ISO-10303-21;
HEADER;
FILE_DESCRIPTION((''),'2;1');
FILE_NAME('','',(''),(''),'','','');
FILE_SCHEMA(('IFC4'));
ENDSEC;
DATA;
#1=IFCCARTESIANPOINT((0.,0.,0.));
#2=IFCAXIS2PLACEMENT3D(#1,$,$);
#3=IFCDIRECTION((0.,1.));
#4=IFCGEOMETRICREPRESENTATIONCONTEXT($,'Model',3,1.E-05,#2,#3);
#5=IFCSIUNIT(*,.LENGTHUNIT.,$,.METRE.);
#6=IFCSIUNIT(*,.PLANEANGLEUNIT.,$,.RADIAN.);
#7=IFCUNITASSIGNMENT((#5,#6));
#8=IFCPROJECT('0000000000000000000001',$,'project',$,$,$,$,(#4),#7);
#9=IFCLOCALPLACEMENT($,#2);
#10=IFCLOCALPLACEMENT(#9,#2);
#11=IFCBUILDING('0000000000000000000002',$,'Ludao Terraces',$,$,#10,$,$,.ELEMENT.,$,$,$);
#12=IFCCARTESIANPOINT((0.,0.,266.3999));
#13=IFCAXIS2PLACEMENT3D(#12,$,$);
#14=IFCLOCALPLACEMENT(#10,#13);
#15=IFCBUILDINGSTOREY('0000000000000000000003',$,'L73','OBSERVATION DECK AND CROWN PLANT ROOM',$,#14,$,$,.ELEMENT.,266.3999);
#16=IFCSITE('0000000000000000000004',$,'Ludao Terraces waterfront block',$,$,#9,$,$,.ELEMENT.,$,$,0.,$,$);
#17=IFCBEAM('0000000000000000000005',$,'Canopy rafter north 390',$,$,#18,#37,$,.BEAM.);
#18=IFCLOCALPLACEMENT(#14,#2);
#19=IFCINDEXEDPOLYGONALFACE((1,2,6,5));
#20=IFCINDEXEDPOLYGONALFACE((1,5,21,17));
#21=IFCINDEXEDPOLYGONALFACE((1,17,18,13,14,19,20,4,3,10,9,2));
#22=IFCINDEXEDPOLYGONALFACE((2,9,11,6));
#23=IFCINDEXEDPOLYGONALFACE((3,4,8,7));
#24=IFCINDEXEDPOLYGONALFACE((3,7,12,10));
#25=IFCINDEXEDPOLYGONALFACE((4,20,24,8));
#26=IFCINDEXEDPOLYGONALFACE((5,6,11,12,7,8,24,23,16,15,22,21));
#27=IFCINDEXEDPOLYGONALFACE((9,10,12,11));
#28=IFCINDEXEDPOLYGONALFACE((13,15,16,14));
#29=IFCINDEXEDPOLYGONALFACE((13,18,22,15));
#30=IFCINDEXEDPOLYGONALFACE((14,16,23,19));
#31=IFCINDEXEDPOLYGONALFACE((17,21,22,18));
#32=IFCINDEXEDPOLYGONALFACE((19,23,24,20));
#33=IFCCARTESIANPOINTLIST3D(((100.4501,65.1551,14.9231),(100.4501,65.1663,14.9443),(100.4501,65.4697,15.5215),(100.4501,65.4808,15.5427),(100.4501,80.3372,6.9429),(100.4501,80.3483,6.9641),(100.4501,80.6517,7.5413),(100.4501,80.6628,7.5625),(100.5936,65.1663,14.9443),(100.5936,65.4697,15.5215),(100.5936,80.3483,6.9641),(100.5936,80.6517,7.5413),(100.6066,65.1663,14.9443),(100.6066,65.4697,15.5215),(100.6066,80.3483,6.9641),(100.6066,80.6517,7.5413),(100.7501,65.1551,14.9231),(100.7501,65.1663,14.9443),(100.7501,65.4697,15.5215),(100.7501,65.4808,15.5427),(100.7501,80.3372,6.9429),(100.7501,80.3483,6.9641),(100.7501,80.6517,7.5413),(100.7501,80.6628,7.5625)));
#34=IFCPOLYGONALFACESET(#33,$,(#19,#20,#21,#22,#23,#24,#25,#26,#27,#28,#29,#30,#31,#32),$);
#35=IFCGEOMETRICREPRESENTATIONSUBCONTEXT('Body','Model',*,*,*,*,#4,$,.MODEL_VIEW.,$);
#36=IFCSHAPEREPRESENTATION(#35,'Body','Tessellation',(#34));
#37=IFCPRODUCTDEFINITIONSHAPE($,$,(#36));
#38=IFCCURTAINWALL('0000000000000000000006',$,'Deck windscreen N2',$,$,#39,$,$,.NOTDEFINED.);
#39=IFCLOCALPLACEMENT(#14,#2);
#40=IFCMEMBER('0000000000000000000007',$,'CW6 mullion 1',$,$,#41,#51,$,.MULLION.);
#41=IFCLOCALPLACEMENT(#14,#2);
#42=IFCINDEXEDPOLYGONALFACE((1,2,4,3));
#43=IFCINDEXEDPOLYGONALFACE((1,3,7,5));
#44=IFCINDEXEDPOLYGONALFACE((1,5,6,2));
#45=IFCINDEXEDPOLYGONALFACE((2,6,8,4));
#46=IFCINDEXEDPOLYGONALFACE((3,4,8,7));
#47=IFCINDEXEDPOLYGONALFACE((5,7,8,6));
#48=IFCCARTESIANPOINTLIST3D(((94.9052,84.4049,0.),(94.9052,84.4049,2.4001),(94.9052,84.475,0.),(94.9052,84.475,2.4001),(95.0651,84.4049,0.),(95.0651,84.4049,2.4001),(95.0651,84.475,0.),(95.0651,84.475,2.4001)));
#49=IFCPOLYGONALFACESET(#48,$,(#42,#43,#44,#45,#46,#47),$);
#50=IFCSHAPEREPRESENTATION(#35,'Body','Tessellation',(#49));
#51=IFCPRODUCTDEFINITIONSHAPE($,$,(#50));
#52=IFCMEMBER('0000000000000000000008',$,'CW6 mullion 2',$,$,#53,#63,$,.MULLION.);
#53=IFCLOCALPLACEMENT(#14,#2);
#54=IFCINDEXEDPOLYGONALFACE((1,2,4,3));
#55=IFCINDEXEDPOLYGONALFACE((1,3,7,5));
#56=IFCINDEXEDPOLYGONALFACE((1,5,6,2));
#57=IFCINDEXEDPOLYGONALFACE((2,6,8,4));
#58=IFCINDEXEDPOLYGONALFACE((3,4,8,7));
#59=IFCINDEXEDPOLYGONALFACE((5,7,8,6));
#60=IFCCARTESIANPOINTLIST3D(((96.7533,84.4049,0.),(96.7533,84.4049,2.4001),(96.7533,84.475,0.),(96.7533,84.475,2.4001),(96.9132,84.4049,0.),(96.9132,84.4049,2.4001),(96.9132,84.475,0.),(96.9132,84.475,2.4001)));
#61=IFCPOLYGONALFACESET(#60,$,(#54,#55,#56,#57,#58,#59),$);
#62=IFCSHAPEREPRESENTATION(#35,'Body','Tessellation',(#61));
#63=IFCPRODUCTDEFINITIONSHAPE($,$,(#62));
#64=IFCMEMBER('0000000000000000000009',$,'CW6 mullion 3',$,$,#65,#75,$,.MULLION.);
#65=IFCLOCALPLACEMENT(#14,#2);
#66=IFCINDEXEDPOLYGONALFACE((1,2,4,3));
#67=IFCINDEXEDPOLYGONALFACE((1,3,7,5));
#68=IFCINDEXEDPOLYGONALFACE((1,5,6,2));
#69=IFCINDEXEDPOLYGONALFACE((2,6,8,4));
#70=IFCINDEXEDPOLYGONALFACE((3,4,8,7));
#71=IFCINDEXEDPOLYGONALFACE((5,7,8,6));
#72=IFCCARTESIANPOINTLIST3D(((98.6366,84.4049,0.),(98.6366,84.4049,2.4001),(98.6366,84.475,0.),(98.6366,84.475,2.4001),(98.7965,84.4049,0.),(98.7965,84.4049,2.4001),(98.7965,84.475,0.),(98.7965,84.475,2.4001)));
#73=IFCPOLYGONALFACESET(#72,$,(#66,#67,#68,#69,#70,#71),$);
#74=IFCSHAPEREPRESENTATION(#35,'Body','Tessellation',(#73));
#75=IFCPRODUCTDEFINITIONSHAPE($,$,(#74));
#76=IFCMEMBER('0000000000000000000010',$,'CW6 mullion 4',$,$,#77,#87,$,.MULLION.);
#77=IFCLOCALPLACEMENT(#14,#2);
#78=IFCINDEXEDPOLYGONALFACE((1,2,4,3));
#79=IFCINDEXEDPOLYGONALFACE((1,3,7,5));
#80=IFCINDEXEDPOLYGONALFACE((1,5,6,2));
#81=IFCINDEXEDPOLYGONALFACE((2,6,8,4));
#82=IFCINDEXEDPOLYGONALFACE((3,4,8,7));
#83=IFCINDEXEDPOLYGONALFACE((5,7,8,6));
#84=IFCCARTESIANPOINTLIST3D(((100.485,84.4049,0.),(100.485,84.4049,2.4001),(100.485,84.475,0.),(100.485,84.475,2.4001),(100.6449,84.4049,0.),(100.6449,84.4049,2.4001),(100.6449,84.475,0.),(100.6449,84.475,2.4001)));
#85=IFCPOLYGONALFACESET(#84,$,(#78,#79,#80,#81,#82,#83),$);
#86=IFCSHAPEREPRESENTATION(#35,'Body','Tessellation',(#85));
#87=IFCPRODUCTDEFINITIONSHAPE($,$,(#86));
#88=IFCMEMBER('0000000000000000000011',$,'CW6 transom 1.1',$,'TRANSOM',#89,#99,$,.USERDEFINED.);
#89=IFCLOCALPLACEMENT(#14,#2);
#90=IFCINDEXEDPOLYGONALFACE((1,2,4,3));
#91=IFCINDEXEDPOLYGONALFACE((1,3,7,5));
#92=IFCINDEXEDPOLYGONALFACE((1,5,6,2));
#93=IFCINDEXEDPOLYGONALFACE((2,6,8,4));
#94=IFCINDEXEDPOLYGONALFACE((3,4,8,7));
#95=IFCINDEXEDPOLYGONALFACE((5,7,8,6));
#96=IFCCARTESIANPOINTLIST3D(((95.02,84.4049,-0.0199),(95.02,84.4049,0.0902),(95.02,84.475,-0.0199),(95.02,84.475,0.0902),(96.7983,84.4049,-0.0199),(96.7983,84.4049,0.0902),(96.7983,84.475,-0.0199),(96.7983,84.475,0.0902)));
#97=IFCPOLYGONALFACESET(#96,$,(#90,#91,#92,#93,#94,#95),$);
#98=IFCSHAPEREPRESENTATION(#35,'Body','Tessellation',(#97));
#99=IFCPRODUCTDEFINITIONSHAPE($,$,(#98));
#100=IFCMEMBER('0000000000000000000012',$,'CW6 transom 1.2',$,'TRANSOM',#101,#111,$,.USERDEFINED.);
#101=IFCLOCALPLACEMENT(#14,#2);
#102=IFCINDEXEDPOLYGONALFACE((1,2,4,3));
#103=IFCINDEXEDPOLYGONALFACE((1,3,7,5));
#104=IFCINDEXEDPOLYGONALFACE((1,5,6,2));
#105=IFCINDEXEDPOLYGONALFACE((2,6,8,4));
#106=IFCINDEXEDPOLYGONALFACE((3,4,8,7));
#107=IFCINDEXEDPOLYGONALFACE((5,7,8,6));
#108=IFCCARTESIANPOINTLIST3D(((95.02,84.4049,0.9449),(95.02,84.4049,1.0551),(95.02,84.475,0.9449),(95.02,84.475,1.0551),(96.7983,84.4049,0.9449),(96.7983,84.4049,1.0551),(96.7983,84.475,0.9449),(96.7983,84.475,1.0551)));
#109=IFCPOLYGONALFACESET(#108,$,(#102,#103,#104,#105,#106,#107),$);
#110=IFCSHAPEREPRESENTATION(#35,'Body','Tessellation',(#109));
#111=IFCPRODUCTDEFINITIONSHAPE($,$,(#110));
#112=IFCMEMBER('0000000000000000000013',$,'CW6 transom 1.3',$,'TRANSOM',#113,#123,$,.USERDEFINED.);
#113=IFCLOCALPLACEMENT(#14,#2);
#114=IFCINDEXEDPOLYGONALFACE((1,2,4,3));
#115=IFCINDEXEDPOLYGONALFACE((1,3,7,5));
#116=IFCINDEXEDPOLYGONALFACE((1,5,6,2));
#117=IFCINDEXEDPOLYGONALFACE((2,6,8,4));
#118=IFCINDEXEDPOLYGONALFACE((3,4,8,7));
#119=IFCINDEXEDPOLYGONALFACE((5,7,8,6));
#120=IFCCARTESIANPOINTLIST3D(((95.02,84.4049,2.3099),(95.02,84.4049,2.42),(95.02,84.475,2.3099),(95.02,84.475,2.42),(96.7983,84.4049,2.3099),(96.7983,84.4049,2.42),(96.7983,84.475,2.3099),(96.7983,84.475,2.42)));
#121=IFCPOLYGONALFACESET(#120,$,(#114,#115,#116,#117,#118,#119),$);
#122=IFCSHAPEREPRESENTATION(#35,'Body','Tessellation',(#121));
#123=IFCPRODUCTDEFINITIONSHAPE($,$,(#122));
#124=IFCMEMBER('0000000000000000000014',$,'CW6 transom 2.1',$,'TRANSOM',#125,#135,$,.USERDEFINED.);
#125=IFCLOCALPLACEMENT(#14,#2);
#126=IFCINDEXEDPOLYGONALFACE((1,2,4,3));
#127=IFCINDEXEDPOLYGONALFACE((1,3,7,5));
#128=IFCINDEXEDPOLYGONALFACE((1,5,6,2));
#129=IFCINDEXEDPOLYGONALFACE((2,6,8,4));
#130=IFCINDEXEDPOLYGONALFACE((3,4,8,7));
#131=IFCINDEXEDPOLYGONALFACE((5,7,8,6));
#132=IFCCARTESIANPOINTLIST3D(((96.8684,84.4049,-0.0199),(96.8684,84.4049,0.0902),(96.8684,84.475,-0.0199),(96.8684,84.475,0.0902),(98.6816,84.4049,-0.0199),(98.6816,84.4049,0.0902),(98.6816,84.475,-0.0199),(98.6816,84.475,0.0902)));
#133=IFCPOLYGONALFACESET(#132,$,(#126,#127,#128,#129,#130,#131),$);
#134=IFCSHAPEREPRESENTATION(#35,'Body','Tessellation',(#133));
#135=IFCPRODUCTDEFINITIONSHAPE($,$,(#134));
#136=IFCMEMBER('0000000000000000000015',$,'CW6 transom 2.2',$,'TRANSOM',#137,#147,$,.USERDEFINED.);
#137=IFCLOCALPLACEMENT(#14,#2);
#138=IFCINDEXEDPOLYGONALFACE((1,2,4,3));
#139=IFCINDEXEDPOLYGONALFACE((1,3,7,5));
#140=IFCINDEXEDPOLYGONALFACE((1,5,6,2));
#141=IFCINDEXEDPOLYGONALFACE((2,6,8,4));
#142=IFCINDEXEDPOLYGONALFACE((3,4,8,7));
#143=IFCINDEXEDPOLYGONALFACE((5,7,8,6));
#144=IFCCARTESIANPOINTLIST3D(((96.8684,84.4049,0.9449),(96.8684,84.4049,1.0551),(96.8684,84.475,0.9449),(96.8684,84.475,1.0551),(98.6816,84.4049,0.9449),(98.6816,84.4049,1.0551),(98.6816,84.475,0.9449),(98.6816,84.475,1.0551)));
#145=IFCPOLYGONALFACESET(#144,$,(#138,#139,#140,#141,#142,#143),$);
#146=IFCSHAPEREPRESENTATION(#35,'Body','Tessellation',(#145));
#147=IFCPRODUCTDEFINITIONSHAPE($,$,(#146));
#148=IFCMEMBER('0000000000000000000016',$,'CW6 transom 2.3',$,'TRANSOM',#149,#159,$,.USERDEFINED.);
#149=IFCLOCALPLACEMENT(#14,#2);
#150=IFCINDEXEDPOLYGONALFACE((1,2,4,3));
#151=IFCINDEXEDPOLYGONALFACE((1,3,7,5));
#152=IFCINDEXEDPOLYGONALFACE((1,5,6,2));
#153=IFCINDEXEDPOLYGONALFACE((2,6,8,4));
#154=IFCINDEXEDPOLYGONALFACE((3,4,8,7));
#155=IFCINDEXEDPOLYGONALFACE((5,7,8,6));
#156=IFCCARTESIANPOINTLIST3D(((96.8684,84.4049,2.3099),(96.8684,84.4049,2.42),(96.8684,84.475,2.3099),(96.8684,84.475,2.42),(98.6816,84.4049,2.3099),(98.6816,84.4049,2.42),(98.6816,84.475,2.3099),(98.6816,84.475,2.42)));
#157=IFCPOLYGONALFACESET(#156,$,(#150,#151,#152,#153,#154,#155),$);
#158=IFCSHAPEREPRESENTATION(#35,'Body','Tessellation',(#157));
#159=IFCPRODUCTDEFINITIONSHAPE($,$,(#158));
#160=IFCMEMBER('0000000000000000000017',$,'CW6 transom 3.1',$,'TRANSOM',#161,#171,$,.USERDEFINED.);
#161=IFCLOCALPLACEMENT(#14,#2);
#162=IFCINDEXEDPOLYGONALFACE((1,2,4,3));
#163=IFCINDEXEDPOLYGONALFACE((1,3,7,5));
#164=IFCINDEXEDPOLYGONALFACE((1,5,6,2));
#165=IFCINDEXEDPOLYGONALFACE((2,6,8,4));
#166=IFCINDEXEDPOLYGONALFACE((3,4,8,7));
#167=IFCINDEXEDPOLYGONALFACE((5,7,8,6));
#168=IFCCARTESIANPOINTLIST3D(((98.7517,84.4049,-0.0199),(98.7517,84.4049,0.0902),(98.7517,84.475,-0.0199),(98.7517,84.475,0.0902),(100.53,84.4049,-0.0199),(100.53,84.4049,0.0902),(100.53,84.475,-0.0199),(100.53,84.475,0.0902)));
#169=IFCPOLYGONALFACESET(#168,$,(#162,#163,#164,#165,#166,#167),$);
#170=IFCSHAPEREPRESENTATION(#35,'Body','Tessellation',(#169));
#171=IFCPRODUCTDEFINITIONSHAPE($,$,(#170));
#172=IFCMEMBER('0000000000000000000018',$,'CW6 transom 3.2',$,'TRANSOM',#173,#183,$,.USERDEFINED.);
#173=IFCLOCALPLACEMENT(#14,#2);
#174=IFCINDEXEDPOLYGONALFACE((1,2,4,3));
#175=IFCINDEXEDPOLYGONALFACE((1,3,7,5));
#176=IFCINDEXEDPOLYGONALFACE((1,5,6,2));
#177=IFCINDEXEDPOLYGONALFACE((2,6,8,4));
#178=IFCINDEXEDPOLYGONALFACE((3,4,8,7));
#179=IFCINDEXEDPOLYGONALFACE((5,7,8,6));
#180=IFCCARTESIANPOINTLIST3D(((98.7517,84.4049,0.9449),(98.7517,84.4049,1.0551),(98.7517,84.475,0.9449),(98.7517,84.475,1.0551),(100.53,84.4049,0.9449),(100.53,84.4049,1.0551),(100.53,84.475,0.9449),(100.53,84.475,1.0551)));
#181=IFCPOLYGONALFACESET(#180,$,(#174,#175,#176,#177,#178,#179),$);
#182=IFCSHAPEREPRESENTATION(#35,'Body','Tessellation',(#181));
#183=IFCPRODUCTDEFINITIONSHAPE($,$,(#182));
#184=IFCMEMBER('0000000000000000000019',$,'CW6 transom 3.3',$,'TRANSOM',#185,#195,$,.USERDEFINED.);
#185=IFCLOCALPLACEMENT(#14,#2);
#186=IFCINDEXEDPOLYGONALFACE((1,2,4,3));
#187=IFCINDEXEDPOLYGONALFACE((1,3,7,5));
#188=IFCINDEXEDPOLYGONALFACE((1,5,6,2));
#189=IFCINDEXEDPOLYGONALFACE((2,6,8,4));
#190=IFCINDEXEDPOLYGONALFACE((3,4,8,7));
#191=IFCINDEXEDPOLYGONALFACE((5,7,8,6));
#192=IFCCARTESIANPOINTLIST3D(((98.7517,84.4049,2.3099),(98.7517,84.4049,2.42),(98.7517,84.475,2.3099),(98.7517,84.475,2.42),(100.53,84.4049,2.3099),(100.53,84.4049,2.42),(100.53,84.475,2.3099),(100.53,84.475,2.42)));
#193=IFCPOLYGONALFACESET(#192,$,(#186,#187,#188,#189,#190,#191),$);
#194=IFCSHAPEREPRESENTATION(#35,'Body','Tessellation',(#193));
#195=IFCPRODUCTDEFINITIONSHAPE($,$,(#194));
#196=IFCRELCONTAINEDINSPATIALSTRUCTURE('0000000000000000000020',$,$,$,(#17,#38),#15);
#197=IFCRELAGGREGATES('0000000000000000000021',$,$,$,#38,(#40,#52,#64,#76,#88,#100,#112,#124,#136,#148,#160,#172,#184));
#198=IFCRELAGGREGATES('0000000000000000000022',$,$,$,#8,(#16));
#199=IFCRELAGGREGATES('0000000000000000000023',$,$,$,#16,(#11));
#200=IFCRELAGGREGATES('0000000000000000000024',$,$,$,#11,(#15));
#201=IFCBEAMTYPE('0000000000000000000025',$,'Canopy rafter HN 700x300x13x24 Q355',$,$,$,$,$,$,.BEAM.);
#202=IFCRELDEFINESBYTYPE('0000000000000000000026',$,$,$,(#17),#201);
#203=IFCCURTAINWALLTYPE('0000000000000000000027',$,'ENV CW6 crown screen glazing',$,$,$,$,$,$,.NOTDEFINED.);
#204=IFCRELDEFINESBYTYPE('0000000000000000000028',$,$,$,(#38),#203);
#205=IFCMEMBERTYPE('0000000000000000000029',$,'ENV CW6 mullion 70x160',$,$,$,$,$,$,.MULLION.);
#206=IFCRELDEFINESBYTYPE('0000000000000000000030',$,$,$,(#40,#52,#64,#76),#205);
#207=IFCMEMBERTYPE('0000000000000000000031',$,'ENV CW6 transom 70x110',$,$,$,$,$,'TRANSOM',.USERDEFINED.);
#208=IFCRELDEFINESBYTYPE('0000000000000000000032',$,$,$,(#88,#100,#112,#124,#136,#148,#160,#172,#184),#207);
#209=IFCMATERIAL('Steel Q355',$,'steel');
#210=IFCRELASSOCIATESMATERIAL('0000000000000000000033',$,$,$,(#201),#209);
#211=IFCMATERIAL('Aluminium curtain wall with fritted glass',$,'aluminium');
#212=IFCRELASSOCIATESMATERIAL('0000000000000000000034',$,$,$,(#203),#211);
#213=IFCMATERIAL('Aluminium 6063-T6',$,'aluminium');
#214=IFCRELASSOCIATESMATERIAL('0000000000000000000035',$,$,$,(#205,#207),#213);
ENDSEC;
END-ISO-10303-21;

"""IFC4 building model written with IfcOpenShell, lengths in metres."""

from ifc_helpers import new_model, si_unit, direction, frame, origin, origin_2d, place, context, subcontext, project, spatial, rectangle, i_section, extrude, material, material_profile, profile_set, type_object, element, aggregate, save


model = new_model("IFC4")

# Units and contexts
model_context = context("Model", 3, precision=1e-05, world=origin(), true_north=direction((0.0, 1.0)))
body_context = subcontext(model_context, "Body", "Model", "MODEL_VIEW")
ifc_project = project(units=[si_unit("LENGTHUNIT", "METRE"), si_unit("PLANEANGLEUNIT", "RADIAN")], contexts=[model_context])

# Site, building, storey
site_placement = place(None, origin())
site = spatial("IfcSite", under=ifc_project, at=site_placement, Name="Ludao Terraces waterfront block", CompositionType="ELEMENT", RefElevation=0.0)
building_placement = place(site_placement, origin())
building = spatial("IfcBuilding", under=site, at=building_placement, Name="Ludao Terraces", CompositionType="ELEMENT")
storey_placement = place(building_placement, frame((0.0, 0.0, 266.3999)))
storey = spatial("IfcBuildingStorey", under=building, at=storey_placement, Name="L73", Description="OBSERVATION DECK AND CROWN PLANT ROOM", CompositionType="ELEMENT", Elevation=266.3999)

# Beam
ifc_material_1 = material(Name="Steel Q355", Category="steel")
ifc_material_profile_1 = material_profile(ifc_material_1, i_section(OverallWidth=0.3, OverallDepth=0.7, WebThickness=0.0129, FlangeThickness=0.0239, at=origin_2d()), Name="HN 700X300X13X24")
ifc_profile_set_1 = profile_set([ifc_material_profile_1], Name="Steel Q355")
beam_type = type_object("IfcBeamType", Name="Canopy rafter HN 700x300x13x24 Q355", PredefinedType="BEAM", material=ifc_profile_set_1)
beam_placement = place(storey_placement, frame((100.6001, 80.5, 7.2527), z_axis=(0.0, -0.885167, 0.465273), x_axis=(1.0, 0.0, 0.0)))
element("IfcBeam", 1, at=beam_placement, inside=storey, type_object=beam_type, Name="Canopy rafter north 390", PredefinedType="BEAM", context=body_context, shape_type="SweptSolid", body=[
    extrude(i_section(OverallWidth=0.3, OverallDepth=0.7, WebThickness=0.0129, FlangeThickness=0.0239, at=origin_2d()), origin(), (0.0, 0.0, 1.0), 17.1516),
])

# Curtain wall, members
ifc_material_2 = material(Name="Aluminium curtain wall with fritted glass", Category="aluminium")
curtain_wall_type = type_object("IfcCurtainWallType", Name="ENV CW6 crown screen glazing", PredefinedType="NOTDEFINED", material=ifc_material_2)
curtain_wall_placement = place(storey_placement, origin())
curtain_wall = element("IfcCurtainWall", 2, at=curtain_wall_placement, inside=storey, type_object=curtain_wall_type, Name="Deck windscreen N2", PredefinedType="NOTDEFINED")
ifc_material_3 = material(Name="Aluminium 6063-T6", Category="aluminium")
ifc_material_profile_2 = material_profile(ifc_material_3, rectangle(XDim=0.0701, YDim=0.1599, at=origin_2d()), Name="70 X 160")
ifc_profile_set_2 = profile_set([ifc_material_profile_2], Name="Aluminium 6063-T6")
member_type_1 = type_object("IfcMemberType", Name="ENV CW6 mullion 70x160", PredefinedType="MULLION", material=ifc_profile_set_2)
member_1_placement = place(storey_placement, frame((94.9851, 84.4399, 0.0), z_axis=(0.0, 0.0, 1.0), x_axis=(0.0, 1.0, 0.0)))
member_1 = element("IfcMember", 3, at=member_1_placement, type_object=member_type_1, Name="CW6 mullion 1", PredefinedType="MULLION", context=body_context, shape_type="SweptSolid", body=[
    extrude(rectangle(XDim=0.0701, YDim=0.1599, at=origin_2d()), origin(), (0.0, 0.0, 1.0), 2.4001),
])
member_2_placement = place(storey_placement, frame((96.8333, 84.4399, 0.0), z_axis=(0.0, 0.0, 1.0), x_axis=(0.0, 1.0, 0.0)))
member_2 = element("IfcMember", 4, at=member_2_placement, type_object=member_type_1, Name="CW6 mullion 2", PredefinedType="MULLION", context=body_context, shape_type="SweptSolid", body=[
    extrude(rectangle(XDim=0.0701, YDim=0.1599, at=origin_2d()), origin(), (0.0, 0.0, 1.0), 2.4001),
])
member_3_placement = place(storey_placement, frame((98.7166, 84.4399, 0.0), z_axis=(0.0, 0.0, 1.0), x_axis=(0.0, 1.0, 0.0)))
member_3 = element("IfcMember", 5, at=member_3_placement, type_object=member_type_1, Name="CW6 mullion 3", PredefinedType="MULLION", context=body_context, shape_type="SweptSolid", body=[
    extrude(rectangle(XDim=0.0701, YDim=0.1599, at=origin_2d()), origin(), (0.0, 0.0, 1.0), 2.4001),
])
member_4_placement = place(storey_placement, frame((100.5649, 84.4399, 0.0), z_axis=(0.0, 0.0, 1.0), x_axis=(0.0, 1.0, 0.0)))
member_4 = element("IfcMember", 6, at=member_4_placement, type_object=member_type_1, Name="CW6 mullion 4", PredefinedType="MULLION", context=body_context, shape_type="SweptSolid", body=[
    extrude(rectangle(XDim=0.0701, YDim=0.1599, at=origin_2d()), origin(), (0.0, 0.0, 1.0), 2.4001),
])
ifc_material_profile_3 = material_profile(ifc_material_3, rectangle(XDim=0.0701, YDim=0.1101, at=origin_2d()), Name="70 X 110")
ifc_profile_set_3 = profile_set([ifc_material_profile_3], Name="Aluminium 6063-T6")
member_type_2 = type_object("IfcMemberType", Name="ENV CW6 transom 70x110", ElementType="TRANSOM", PredefinedType="USERDEFINED", material=ifc_profile_set_3)
member_5_placement = place(storey_placement, frame((95.02, 84.4399, 0.0352), z_axis=(1.0, 0.0, 0.0), x_axis=(0.0, 1.0, 0.0)))
member_5 = element("IfcMember", 7, at=member_5_placement, type_object=member_type_2, Name="CW6 transom 1.1", ObjectType="TRANSOM", PredefinedType="USERDEFINED", context=body_context, shape_type="SweptSolid", body=[
    extrude(rectangle(XDim=0.0701, YDim=0.1101, at=origin_2d()), origin(), (0.0, 0.0, 1.0), 1.7783),
])
member_6_placement = place(storey_placement, frame((95.02, 84.4399, 1.0), z_axis=(1.0, 0.0, 0.0), x_axis=(0.0, 1.0, 0.0)))
member_6 = element("IfcMember", 8, at=member_6_placement, type_object=member_type_2, Name="CW6 transom 1.2", ObjectType="TRANSOM", PredefinedType="USERDEFINED", context=body_context, shape_type="SweptSolid", body=[
    extrude(rectangle(XDim=0.0701, YDim=0.1101, at=origin_2d()), origin(), (0.0, 0.0, 1.0), 1.7783),
])
member_7_placement = place(storey_placement, frame((95.02, 84.4399, 2.365), z_axis=(1.0, 0.0, 0.0), x_axis=(0.0, 1.0, 0.0)))
member_7 = element("IfcMember", 9, at=member_7_placement, type_object=member_type_2, Name="CW6 transom 1.3", ObjectType="TRANSOM", PredefinedType="USERDEFINED", context=body_context, shape_type="SweptSolid", body=[
    extrude(rectangle(XDim=0.0701, YDim=0.1101, at=origin_2d()), origin(), (0.0, 0.0, 1.0), 1.7783),
])
member_8_placement = place(storey_placement, frame((96.8684, 84.4399, 0.0352), z_axis=(1.0, 0.0, 0.0), x_axis=(0.0, 1.0, 0.0)))
member_8 = element("IfcMember", 10, at=member_8_placement, type_object=member_type_2, Name="CW6 transom 2.1", ObjectType="TRANSOM", PredefinedType="USERDEFINED", context=body_context, shape_type="SweptSolid", body=[
    extrude(rectangle(XDim=0.0701, YDim=0.1101, at=origin_2d()), origin(), (0.0, 0.0, 1.0), 1.8132),
])
member_9_placement = place(storey_placement, frame((96.8684, 84.4399, 1.0), z_axis=(1.0, 0.0, 0.0), x_axis=(0.0, 1.0, 0.0)))
member_9 = element("IfcMember", 11, at=member_9_placement, type_object=member_type_2, Name="CW6 transom 2.2", ObjectType="TRANSOM", PredefinedType="USERDEFINED", context=body_context, shape_type="SweptSolid", body=[
    extrude(rectangle(XDim=0.0701, YDim=0.1101, at=origin_2d()), origin(), (0.0, 0.0, 1.0), 1.8132),
])
member_10_placement = place(storey_placement, frame((96.8684, 84.4399, 2.365), z_axis=(1.0, 0.0, 0.0), x_axis=(0.0, 1.0, 0.0)))
member_10 = element("IfcMember", 12, at=member_10_placement, type_object=member_type_2, Name="CW6 transom 2.3", ObjectType="TRANSOM", PredefinedType="USERDEFINED", context=body_context, shape_type="SweptSolid", body=[
    extrude(rectangle(XDim=0.0701, YDim=0.1101, at=origin_2d()), origin(), (0.0, 0.0, 1.0), 1.8132),
])
member_11_placement = place(storey_placement, frame((98.7517, 84.4399, 0.0352), z_axis=(1.0, 0.0, 0.0), x_axis=(0.0, 1.0, 0.0)))
member_11 = element("IfcMember", 13, at=member_11_placement, type_object=member_type_2, Name="CW6 transom 3.1", ObjectType="TRANSOM", PredefinedType="USERDEFINED", context=body_context, shape_type="SweptSolid", body=[
    extrude(rectangle(XDim=0.0701, YDim=0.1101, at=origin_2d()), origin(), (0.0, 0.0, 1.0), 1.7783),
])
member_12_placement = place(storey_placement, frame((98.7517, 84.4399, 1.0), z_axis=(1.0, 0.0, 0.0), x_axis=(0.0, 1.0, 0.0)))
member_12 = element("IfcMember", 14, at=member_12_placement, type_object=member_type_2, Name="CW6 transom 3.2", ObjectType="TRANSOM", PredefinedType="USERDEFINED", context=body_context, shape_type="SweptSolid", body=[
    extrude(rectangle(XDim=0.0701, YDim=0.1101, at=origin_2d()), origin(), (0.0, 0.0, 1.0), 1.7783),
])
member_13_placement = place(storey_placement, frame((98.7517, 84.4399, 2.365), z_axis=(1.0, 0.0, 0.0), x_axis=(0.0, 1.0, 0.0)))
member_13 = element("IfcMember", 15, at=member_13_placement, type_object=member_type_2, Name="CW6 transom 3.3", ObjectType="TRANSOM", PredefinedType="USERDEFINED", context=body_context, shape_type="SweptSolid", body=[
    extrude(rectangle(XDim=0.0701, YDim=0.1101, at=origin_2d()), origin(), (0.0, 0.0, 1.0), 1.7783),
])
aggregate(curtain_wall, [member_1, member_2, member_3, member_4, member_5, member_6, member_7, member_8, member_9, member_10, member_11, member_12, member_13])

save(model, "model.ifc")
